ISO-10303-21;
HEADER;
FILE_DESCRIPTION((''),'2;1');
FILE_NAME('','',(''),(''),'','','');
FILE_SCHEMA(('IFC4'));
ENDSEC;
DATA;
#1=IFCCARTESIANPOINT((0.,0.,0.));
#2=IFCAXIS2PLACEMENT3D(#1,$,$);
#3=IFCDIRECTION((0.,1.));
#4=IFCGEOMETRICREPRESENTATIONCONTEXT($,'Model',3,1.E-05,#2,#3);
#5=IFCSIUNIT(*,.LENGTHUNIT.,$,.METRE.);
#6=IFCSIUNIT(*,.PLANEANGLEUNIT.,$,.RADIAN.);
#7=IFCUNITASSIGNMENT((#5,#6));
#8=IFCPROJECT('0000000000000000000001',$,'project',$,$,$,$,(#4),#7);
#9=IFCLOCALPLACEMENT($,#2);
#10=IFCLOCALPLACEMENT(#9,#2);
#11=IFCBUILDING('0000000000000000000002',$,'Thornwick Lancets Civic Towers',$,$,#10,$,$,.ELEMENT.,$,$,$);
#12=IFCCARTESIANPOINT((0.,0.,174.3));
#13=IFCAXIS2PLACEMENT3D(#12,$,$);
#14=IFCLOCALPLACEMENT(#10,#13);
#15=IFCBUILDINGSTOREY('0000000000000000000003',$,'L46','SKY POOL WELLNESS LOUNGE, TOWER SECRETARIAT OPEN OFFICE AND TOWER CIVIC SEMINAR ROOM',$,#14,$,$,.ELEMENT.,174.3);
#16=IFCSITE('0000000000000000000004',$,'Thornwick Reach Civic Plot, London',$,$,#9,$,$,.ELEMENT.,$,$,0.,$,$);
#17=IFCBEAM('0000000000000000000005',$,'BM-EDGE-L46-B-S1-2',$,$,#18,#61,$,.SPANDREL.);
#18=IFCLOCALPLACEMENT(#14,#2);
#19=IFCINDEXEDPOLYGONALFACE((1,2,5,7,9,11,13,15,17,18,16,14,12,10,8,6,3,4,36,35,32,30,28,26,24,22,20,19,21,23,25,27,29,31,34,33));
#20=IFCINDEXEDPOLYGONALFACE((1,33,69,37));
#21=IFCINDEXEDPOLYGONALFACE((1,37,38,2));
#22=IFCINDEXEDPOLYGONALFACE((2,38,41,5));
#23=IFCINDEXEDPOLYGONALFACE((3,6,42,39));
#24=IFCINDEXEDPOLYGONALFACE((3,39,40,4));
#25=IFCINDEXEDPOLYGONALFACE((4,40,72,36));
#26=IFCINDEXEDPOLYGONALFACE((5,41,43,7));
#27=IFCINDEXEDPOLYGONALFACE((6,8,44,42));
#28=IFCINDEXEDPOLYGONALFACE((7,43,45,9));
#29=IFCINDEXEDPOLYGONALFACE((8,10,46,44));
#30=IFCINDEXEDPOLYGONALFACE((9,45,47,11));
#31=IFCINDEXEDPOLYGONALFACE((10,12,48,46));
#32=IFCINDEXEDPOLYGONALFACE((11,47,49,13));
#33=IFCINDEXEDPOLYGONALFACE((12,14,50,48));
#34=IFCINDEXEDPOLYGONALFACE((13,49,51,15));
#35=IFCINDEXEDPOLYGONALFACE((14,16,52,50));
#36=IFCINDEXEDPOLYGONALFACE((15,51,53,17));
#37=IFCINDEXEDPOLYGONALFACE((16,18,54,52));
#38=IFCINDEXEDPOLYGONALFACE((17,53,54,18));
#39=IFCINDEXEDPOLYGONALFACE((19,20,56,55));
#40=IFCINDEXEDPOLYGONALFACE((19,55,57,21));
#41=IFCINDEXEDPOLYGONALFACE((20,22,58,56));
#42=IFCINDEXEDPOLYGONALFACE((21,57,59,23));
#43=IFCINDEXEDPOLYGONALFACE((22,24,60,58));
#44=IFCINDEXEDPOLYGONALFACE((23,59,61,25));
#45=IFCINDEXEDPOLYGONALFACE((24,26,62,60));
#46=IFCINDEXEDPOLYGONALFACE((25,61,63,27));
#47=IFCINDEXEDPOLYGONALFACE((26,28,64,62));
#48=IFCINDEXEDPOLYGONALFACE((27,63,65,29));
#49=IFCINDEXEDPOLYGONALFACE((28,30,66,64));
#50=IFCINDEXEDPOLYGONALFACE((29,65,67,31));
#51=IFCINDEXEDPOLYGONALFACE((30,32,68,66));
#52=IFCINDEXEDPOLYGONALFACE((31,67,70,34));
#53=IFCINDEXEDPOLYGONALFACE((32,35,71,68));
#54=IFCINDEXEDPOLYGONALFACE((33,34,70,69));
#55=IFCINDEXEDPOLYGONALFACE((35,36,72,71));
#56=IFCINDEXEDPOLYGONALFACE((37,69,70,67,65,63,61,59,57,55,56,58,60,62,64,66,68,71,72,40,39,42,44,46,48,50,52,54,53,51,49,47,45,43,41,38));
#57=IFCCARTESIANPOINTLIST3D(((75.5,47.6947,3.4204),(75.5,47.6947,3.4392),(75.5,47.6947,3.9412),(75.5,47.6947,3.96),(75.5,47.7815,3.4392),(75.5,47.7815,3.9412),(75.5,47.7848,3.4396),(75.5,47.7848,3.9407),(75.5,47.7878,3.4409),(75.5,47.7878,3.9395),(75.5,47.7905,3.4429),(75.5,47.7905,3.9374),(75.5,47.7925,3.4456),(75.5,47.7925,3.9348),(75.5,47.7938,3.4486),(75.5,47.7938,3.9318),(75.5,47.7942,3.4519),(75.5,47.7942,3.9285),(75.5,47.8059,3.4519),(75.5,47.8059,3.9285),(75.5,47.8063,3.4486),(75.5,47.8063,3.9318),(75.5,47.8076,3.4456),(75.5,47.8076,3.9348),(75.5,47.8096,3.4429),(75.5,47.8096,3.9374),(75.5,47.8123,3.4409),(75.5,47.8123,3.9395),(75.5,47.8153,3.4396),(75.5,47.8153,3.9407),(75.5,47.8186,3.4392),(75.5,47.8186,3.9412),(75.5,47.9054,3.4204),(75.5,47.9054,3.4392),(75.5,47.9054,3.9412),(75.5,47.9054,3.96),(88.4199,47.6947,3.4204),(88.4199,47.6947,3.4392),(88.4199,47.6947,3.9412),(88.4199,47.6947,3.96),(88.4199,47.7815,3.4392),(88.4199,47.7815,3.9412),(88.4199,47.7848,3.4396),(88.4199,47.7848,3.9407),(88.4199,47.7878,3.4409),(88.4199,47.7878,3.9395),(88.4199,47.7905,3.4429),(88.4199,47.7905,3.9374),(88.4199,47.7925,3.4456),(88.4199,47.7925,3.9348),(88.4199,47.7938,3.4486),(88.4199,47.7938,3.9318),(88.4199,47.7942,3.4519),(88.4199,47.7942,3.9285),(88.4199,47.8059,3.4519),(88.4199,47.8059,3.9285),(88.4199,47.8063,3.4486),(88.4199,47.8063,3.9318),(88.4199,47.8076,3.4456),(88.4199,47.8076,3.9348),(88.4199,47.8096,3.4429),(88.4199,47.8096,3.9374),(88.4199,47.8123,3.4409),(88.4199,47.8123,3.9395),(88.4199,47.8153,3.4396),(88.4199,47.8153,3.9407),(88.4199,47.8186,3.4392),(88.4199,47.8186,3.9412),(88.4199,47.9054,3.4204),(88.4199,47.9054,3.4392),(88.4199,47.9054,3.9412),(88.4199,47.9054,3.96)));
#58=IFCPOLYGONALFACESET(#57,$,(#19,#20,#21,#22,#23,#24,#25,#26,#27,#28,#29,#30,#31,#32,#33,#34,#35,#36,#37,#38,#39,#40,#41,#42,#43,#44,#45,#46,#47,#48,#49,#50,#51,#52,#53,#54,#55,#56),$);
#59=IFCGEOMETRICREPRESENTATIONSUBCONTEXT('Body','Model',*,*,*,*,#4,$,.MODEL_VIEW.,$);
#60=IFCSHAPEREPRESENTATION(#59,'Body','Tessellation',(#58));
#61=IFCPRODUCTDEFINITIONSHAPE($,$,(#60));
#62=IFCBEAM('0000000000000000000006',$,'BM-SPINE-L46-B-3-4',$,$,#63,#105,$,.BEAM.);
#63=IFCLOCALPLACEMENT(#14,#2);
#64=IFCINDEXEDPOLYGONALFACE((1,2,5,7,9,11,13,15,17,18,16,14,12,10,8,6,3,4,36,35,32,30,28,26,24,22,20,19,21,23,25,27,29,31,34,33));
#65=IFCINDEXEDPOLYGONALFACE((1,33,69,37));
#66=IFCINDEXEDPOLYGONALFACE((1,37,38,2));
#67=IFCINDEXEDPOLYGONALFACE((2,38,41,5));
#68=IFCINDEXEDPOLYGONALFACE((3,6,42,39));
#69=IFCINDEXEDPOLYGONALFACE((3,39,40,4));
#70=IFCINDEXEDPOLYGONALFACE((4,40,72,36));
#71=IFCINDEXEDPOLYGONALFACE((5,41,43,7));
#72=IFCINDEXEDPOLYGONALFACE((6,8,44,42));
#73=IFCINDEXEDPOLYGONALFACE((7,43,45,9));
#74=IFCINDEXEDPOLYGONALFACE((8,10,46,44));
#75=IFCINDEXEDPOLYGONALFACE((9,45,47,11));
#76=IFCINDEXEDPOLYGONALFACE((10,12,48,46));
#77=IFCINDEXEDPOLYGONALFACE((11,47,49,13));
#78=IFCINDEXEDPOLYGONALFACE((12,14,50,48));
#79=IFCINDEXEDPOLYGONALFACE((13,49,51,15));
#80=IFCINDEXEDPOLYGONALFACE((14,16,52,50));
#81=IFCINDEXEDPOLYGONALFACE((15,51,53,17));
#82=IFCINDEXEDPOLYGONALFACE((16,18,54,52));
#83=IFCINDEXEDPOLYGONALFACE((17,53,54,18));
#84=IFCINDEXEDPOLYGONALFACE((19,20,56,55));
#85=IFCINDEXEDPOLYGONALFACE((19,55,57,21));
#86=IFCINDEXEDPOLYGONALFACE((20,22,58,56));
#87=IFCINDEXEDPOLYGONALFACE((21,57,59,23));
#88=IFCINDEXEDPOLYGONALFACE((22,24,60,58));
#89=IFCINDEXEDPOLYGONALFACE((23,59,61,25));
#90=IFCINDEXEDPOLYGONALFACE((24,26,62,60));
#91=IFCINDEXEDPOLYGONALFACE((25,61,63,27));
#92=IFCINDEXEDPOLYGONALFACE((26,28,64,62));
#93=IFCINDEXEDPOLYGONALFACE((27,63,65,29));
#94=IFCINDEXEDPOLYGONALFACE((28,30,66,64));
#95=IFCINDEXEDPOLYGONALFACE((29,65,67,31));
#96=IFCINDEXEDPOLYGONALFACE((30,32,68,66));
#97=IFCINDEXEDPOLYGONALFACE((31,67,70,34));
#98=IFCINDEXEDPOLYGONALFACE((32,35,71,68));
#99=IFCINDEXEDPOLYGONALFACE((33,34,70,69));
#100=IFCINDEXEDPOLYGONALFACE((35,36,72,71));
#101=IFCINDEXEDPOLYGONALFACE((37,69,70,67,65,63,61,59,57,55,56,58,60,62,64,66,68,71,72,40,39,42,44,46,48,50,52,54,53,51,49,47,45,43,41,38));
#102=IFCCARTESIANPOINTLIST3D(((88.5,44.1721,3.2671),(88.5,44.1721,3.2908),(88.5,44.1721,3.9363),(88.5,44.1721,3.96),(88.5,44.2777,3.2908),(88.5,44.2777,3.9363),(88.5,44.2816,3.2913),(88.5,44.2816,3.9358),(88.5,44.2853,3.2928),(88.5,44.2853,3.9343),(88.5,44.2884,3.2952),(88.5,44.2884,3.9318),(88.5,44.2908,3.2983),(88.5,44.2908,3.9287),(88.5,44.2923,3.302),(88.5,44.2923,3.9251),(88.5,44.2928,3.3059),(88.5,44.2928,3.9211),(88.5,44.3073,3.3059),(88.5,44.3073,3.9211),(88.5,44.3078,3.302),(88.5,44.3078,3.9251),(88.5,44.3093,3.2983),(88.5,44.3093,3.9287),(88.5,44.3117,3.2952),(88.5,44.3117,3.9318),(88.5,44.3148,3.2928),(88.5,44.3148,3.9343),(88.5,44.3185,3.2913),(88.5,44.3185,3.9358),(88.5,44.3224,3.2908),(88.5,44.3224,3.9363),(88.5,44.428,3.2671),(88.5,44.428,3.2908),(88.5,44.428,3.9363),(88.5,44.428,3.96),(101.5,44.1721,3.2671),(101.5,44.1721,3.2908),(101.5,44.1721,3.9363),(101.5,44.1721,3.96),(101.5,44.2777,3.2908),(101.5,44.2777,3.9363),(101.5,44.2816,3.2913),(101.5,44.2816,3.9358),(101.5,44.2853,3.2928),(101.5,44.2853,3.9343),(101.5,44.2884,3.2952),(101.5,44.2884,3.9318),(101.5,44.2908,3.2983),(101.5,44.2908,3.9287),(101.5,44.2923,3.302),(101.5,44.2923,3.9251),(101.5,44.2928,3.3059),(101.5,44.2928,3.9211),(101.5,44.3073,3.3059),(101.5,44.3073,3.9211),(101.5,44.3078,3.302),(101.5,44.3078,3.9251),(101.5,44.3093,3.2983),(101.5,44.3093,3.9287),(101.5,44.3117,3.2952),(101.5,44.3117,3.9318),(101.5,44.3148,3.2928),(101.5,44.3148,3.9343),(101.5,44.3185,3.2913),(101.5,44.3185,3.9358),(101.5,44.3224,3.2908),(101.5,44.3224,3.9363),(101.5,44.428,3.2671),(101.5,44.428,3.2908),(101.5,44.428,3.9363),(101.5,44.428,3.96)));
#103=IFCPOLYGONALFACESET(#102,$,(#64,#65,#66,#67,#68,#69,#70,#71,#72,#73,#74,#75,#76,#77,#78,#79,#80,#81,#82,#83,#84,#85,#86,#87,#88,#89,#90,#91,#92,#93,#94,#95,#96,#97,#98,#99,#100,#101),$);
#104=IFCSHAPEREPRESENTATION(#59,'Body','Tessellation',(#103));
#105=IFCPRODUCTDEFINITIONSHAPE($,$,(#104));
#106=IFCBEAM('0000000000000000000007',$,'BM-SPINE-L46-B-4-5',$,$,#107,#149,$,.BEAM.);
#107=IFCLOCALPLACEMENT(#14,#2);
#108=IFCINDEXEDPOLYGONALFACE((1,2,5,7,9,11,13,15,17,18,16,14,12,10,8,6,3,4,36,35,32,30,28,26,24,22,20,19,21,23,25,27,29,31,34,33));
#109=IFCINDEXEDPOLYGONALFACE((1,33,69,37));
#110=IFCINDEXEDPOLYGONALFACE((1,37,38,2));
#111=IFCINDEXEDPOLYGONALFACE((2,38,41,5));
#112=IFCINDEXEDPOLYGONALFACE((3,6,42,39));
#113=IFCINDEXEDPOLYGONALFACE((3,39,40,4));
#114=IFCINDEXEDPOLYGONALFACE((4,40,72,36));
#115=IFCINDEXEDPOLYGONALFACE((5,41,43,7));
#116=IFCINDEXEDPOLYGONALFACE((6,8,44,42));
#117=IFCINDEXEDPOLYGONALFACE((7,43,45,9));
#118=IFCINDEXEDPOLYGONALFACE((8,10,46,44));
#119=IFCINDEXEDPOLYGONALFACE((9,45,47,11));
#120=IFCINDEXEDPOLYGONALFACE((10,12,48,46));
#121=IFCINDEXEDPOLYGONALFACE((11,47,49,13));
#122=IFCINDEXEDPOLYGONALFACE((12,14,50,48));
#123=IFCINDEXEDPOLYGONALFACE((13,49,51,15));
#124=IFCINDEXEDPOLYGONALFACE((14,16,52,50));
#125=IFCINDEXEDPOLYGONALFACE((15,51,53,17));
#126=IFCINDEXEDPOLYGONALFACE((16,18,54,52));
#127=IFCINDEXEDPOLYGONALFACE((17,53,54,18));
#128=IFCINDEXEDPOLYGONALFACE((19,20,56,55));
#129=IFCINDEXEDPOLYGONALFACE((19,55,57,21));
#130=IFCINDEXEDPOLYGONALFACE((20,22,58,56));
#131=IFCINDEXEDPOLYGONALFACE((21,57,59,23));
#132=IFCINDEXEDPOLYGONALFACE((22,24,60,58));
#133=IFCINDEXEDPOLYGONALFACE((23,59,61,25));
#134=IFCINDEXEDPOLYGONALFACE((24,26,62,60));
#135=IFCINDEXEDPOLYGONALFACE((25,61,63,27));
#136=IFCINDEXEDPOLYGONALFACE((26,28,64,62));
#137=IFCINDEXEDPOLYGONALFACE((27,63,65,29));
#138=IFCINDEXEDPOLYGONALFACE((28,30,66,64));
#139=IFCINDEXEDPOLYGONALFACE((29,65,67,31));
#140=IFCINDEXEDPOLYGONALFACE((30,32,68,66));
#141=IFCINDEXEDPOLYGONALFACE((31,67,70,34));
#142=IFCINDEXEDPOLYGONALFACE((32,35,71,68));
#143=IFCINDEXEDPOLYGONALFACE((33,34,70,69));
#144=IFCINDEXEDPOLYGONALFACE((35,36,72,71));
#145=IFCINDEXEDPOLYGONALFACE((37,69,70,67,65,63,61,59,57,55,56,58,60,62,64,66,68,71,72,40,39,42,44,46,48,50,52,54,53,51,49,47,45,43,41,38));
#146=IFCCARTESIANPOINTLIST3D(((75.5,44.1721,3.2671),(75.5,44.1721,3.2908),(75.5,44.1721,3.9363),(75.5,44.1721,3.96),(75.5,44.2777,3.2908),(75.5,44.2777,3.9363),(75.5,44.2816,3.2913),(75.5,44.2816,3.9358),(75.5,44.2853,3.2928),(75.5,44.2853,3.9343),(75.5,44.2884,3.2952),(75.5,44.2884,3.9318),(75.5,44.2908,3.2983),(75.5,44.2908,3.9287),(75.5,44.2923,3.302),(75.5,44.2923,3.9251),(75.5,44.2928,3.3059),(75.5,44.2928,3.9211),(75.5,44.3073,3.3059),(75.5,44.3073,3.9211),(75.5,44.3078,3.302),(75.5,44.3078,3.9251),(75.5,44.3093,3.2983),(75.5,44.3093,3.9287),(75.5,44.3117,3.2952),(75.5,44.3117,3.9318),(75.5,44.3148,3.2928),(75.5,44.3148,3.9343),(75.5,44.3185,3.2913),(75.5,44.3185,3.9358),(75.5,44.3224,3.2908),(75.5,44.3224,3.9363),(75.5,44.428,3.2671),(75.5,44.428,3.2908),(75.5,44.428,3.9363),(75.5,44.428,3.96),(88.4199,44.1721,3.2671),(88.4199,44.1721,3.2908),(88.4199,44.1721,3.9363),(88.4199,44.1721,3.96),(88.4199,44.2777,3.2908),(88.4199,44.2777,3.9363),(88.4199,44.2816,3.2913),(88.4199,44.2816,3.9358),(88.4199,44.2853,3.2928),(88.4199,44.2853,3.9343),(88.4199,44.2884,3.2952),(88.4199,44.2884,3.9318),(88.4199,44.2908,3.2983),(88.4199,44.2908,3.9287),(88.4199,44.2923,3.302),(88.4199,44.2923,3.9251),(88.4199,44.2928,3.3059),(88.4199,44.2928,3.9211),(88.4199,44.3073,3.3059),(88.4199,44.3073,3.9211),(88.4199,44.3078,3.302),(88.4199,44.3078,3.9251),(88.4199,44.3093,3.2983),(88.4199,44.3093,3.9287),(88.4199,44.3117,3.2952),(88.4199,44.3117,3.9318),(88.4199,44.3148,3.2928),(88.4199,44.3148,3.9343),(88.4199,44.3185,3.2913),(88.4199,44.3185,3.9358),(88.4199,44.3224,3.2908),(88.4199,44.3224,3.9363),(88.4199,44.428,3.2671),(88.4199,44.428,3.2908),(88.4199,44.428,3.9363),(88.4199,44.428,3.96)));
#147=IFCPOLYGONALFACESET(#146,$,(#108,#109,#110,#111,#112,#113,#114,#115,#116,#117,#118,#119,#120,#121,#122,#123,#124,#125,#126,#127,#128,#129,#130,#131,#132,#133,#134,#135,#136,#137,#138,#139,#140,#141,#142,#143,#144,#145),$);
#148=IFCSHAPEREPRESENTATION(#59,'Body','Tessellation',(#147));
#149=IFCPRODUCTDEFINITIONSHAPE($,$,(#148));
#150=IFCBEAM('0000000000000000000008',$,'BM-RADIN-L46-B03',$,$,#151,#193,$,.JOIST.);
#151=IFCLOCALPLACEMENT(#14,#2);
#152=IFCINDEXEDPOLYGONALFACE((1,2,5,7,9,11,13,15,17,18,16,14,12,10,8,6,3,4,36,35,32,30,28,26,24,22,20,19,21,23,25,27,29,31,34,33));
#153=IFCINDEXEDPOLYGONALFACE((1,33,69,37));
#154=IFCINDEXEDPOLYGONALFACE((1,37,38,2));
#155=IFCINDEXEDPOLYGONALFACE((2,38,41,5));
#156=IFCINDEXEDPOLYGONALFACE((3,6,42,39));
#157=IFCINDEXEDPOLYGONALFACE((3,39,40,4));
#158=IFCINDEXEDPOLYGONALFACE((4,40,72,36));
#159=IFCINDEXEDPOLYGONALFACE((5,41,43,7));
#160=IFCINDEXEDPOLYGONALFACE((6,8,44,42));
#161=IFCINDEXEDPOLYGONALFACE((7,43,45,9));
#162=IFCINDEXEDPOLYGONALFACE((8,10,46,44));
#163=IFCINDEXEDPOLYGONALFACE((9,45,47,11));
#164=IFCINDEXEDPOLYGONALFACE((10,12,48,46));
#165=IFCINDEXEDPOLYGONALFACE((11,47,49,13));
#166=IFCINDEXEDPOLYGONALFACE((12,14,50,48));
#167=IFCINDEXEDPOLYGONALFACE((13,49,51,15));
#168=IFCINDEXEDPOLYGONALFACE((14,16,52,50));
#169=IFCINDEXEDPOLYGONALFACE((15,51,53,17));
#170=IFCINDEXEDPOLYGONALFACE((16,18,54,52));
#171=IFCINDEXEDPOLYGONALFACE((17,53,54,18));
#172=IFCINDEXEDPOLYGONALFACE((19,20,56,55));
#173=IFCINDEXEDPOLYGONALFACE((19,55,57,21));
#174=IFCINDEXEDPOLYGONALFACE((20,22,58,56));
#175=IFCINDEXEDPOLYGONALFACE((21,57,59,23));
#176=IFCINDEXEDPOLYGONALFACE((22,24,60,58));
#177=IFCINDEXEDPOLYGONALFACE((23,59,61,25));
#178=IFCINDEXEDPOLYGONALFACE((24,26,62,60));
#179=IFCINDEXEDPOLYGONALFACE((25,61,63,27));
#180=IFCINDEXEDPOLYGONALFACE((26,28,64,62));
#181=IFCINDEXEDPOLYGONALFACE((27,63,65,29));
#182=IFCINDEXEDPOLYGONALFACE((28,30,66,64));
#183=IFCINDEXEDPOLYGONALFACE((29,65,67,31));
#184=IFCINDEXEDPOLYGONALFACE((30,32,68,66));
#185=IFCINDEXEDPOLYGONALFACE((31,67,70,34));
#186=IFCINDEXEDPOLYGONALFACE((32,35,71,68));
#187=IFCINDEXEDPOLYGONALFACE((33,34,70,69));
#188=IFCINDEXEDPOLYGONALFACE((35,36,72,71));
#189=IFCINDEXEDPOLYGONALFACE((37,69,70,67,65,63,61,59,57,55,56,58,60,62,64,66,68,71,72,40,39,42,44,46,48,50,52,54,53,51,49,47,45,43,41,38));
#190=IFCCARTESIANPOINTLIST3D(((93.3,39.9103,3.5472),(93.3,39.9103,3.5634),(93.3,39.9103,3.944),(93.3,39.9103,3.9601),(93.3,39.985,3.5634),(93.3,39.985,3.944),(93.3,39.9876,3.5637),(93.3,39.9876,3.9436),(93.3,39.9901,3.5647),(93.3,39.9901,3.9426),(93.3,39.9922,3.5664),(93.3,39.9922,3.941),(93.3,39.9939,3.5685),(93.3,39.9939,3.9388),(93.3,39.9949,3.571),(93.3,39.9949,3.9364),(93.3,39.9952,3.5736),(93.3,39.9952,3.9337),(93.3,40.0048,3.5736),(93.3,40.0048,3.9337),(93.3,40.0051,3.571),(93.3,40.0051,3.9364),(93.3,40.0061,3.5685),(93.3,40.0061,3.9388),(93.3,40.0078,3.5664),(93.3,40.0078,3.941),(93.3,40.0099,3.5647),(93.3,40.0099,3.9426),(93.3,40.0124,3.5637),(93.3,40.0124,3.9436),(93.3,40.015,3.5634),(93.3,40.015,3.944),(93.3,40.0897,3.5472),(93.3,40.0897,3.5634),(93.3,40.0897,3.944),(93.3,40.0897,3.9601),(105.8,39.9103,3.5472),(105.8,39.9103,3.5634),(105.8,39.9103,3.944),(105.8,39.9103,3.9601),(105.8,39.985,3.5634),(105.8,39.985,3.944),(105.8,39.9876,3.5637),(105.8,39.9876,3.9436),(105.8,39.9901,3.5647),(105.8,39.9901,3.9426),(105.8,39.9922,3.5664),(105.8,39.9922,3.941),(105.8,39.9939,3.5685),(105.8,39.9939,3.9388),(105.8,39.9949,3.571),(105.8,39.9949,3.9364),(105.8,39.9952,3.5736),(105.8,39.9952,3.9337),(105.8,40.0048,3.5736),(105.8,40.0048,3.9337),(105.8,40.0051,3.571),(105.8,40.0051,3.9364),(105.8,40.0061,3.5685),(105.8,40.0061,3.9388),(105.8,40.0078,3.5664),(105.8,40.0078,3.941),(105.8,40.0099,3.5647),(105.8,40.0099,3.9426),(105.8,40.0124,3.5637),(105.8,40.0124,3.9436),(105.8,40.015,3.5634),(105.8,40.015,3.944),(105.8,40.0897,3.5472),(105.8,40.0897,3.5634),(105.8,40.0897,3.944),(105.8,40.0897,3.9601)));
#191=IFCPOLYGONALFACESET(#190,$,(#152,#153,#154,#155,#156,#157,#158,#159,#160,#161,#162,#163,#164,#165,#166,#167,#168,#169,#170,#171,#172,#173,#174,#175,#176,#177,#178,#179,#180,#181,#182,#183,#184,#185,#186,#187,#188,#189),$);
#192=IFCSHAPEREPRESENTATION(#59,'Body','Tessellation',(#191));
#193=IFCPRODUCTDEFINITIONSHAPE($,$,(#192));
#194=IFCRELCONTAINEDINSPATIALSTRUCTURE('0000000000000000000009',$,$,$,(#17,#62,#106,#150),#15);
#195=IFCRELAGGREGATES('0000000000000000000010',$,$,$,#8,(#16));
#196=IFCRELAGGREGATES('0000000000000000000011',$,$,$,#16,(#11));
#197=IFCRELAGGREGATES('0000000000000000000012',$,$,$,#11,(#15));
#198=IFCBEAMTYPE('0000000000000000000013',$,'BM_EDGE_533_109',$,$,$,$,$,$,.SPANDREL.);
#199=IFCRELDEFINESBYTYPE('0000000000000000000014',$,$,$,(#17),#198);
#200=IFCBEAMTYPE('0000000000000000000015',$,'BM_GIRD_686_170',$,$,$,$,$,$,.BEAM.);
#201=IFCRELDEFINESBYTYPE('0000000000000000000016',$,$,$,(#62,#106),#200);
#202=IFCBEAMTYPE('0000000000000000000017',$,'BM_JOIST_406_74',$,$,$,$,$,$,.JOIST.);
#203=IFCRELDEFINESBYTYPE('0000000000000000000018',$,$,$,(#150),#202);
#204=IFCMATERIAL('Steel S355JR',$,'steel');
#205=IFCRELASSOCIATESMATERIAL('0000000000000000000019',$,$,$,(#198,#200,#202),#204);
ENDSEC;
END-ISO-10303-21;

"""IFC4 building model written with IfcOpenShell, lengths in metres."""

from ifc_helpers import new_model, si_unit, direction, frame, origin, origin_2d, place, context, subcontext, project, spatial, i_section, extrude, material, material_profile, profile_set, type_object, element, save


model = new_model("IFC4")

# Units and contexts
model_context = context("Model", 3, precision=1e-05, world=origin(), true_north=direction((0.0, 1.0)))
body_context = subcontext(model_context, "Body", "Model", "MODEL_VIEW")
ifc_project = project(units=[si_unit("LENGTHUNIT", "METRE"), si_unit("PLANEANGLEUNIT", "RADIAN")], contexts=[model_context])

# Site, building, storey
site_placement = place(None, origin())
site = spatial("IfcSite", under=ifc_project, at=site_placement, Name="Thornwick Reach Civic Plot, London", CompositionType="ELEMENT", RefElevation=0.0)
building_placement = place(site_placement, origin())
building = spatial("IfcBuilding", under=site, at=building_placement, Name="Thornwick Lancets Civic Towers", CompositionType="ELEMENT")
storey_placement = place(building_placement, frame((0.0, 0.0, 174.3)))
storey = spatial("IfcBuildingStorey", under=building, at=storey_placement, Name="L46", Description="SKY POOL WELLNESS LOUNGE, TOWER SECRETARIAT OPEN OFFICE AND TOWER CIVIC SEMINAR ROOM", CompositionType="ELEMENT", Elevation=174.3)

# Beams
ifc_material_1 = material(Name="Steel S355JR", Category="steel")
ifc_material_profile_1 = material_profile(ifc_material_1, i_section(OverallWidth=0.2107, OverallDepth=0.5396, WebThickness=0.0117, FlangeThickness=0.0188, FilletRadius=0.0127, at=origin_2d()), Name="UKB 533x210x109")
ifc_profile_set_1 = profile_set([ifc_material_profile_1], Name="Steel S355JR")
beam_type_1 = type_object("IfcBeamType", Name="BM_EDGE_533_109", PredefinedType="SPANDREL", material=ifc_profile_set_1)
beam_1_placement = place(storey_placement, frame((88.4199, 47.8, 3.6902), z_axis=(-1.0, 0.0, 0.0), x_axis=(0.0, -1.0, 0.0)))
element("IfcBeam", 1, at=beam_1_placement, inside=storey, type_object=beam_type_1, Name="BM-EDGE-L46-B-S1-2", PredefinedType="SPANDREL", context=body_context, shape_type="SweptSolid", body=[
    extrude(i_section(OverallWidth=0.2107, OverallDepth=0.5396, WebThickness=0.0117, FlangeThickness=0.0188, FilletRadius=0.0127, at=origin_2d()), origin(), (0.0, 0.0, 1.0), 12.9199),
])
ifc_material_profile_2 = material_profile(ifc_material_1, i_section(OverallWidth=0.2559, OverallDepth=0.6929, WebThickness=0.0144, FlangeThickness=0.0237, FilletRadius=0.0151, at=origin_2d()), Name="UKB 686x254x170")
ifc_profile_set_2 = profile_set([ifc_material_profile_2], Name="Steel S355JR")
beam_type_2 = type_object("IfcBeamType", Name="BM_GIRD_686_170", PredefinedType="BEAM", material=ifc_profile_set_2)
beam_2_placement = place(storey_placement, frame((101.5, 44.3, 3.6135), z_axis=(-1.0, 0.0, 0.0), x_axis=(0.0, -1.0, 0.0)))
element("IfcBeam", 2, at=beam_2_placement, inside=storey, type_object=beam_type_2, Name="BM-SPINE-L46-B-3-4", PredefinedType="BEAM", context=body_context, shape_type="SweptSolid", body=[
    extrude(i_section(OverallWidth=0.2559, OverallDepth=0.6929, WebThickness=0.0144, FlangeThickness=0.0237, FilletRadius=0.0151, at=origin_2d()), origin(), (0.0, 0.0, 1.0), 13.0),
])
beam_3_placement = place(storey_placement, frame((88.4199, 44.3, 3.6135), z_axis=(-1.0, 0.0, 0.0), x_axis=(0.0, -1.0, 0.0)))
element("IfcBeam", 3, at=beam_3_placement, inside=storey, type_object=beam_type_2, Name="BM-SPINE-L46-B-4-5", PredefinedType="BEAM", context=body_context, shape_type="SweptSolid", body=[
    extrude(i_section(OverallWidth=0.2559, OverallDepth=0.6929, WebThickness=0.0144, FlangeThickness=0.0237, FilletRadius=0.0151, at=origin_2d()), origin(), (0.0, 0.0, 1.0), 12.9199),
])
ifc_material_profile_3 = material_profile(ifc_material_1, i_section(OverallWidth=0.1794, OverallDepth=0.4128, WebThickness=0.0095, FlangeThickness=0.0161, FilletRadius=0.0103, at=origin_2d()), Name="UKB 406x178x74")
ifc_profile_set_3 = profile_set([ifc_material_profile_3], Name="Steel S355JR")
beam_type_3 = type_object("IfcBeamType", Name="BM_JOIST_406_74", PredefinedType="JOIST", material=ifc_profile_set_3)
beam_4_placement = place(storey_placement, frame((93.3, 40.0, 3.7537), z_axis=(1.0, 0.0, 0.0), x_axis=(0.0, 1.0, 0.0)))
element("IfcBeam", 4, at=beam_4_placement, inside=storey, type_object=beam_type_3, Name="BM-RADIN-L46-B03", PredefinedType="JOIST", context=body_context, shape_type="SweptSolid", body=[
    extrude(i_section(OverallWidth=0.1794, OverallDepth=0.4128, WebThickness=0.0095, FlangeThickness=0.0161, FilletRadius=0.0103, at=origin_2d()), origin(), (0.0, 0.0, 1.0), 12.5),
])

save(model, "model.ifc")
